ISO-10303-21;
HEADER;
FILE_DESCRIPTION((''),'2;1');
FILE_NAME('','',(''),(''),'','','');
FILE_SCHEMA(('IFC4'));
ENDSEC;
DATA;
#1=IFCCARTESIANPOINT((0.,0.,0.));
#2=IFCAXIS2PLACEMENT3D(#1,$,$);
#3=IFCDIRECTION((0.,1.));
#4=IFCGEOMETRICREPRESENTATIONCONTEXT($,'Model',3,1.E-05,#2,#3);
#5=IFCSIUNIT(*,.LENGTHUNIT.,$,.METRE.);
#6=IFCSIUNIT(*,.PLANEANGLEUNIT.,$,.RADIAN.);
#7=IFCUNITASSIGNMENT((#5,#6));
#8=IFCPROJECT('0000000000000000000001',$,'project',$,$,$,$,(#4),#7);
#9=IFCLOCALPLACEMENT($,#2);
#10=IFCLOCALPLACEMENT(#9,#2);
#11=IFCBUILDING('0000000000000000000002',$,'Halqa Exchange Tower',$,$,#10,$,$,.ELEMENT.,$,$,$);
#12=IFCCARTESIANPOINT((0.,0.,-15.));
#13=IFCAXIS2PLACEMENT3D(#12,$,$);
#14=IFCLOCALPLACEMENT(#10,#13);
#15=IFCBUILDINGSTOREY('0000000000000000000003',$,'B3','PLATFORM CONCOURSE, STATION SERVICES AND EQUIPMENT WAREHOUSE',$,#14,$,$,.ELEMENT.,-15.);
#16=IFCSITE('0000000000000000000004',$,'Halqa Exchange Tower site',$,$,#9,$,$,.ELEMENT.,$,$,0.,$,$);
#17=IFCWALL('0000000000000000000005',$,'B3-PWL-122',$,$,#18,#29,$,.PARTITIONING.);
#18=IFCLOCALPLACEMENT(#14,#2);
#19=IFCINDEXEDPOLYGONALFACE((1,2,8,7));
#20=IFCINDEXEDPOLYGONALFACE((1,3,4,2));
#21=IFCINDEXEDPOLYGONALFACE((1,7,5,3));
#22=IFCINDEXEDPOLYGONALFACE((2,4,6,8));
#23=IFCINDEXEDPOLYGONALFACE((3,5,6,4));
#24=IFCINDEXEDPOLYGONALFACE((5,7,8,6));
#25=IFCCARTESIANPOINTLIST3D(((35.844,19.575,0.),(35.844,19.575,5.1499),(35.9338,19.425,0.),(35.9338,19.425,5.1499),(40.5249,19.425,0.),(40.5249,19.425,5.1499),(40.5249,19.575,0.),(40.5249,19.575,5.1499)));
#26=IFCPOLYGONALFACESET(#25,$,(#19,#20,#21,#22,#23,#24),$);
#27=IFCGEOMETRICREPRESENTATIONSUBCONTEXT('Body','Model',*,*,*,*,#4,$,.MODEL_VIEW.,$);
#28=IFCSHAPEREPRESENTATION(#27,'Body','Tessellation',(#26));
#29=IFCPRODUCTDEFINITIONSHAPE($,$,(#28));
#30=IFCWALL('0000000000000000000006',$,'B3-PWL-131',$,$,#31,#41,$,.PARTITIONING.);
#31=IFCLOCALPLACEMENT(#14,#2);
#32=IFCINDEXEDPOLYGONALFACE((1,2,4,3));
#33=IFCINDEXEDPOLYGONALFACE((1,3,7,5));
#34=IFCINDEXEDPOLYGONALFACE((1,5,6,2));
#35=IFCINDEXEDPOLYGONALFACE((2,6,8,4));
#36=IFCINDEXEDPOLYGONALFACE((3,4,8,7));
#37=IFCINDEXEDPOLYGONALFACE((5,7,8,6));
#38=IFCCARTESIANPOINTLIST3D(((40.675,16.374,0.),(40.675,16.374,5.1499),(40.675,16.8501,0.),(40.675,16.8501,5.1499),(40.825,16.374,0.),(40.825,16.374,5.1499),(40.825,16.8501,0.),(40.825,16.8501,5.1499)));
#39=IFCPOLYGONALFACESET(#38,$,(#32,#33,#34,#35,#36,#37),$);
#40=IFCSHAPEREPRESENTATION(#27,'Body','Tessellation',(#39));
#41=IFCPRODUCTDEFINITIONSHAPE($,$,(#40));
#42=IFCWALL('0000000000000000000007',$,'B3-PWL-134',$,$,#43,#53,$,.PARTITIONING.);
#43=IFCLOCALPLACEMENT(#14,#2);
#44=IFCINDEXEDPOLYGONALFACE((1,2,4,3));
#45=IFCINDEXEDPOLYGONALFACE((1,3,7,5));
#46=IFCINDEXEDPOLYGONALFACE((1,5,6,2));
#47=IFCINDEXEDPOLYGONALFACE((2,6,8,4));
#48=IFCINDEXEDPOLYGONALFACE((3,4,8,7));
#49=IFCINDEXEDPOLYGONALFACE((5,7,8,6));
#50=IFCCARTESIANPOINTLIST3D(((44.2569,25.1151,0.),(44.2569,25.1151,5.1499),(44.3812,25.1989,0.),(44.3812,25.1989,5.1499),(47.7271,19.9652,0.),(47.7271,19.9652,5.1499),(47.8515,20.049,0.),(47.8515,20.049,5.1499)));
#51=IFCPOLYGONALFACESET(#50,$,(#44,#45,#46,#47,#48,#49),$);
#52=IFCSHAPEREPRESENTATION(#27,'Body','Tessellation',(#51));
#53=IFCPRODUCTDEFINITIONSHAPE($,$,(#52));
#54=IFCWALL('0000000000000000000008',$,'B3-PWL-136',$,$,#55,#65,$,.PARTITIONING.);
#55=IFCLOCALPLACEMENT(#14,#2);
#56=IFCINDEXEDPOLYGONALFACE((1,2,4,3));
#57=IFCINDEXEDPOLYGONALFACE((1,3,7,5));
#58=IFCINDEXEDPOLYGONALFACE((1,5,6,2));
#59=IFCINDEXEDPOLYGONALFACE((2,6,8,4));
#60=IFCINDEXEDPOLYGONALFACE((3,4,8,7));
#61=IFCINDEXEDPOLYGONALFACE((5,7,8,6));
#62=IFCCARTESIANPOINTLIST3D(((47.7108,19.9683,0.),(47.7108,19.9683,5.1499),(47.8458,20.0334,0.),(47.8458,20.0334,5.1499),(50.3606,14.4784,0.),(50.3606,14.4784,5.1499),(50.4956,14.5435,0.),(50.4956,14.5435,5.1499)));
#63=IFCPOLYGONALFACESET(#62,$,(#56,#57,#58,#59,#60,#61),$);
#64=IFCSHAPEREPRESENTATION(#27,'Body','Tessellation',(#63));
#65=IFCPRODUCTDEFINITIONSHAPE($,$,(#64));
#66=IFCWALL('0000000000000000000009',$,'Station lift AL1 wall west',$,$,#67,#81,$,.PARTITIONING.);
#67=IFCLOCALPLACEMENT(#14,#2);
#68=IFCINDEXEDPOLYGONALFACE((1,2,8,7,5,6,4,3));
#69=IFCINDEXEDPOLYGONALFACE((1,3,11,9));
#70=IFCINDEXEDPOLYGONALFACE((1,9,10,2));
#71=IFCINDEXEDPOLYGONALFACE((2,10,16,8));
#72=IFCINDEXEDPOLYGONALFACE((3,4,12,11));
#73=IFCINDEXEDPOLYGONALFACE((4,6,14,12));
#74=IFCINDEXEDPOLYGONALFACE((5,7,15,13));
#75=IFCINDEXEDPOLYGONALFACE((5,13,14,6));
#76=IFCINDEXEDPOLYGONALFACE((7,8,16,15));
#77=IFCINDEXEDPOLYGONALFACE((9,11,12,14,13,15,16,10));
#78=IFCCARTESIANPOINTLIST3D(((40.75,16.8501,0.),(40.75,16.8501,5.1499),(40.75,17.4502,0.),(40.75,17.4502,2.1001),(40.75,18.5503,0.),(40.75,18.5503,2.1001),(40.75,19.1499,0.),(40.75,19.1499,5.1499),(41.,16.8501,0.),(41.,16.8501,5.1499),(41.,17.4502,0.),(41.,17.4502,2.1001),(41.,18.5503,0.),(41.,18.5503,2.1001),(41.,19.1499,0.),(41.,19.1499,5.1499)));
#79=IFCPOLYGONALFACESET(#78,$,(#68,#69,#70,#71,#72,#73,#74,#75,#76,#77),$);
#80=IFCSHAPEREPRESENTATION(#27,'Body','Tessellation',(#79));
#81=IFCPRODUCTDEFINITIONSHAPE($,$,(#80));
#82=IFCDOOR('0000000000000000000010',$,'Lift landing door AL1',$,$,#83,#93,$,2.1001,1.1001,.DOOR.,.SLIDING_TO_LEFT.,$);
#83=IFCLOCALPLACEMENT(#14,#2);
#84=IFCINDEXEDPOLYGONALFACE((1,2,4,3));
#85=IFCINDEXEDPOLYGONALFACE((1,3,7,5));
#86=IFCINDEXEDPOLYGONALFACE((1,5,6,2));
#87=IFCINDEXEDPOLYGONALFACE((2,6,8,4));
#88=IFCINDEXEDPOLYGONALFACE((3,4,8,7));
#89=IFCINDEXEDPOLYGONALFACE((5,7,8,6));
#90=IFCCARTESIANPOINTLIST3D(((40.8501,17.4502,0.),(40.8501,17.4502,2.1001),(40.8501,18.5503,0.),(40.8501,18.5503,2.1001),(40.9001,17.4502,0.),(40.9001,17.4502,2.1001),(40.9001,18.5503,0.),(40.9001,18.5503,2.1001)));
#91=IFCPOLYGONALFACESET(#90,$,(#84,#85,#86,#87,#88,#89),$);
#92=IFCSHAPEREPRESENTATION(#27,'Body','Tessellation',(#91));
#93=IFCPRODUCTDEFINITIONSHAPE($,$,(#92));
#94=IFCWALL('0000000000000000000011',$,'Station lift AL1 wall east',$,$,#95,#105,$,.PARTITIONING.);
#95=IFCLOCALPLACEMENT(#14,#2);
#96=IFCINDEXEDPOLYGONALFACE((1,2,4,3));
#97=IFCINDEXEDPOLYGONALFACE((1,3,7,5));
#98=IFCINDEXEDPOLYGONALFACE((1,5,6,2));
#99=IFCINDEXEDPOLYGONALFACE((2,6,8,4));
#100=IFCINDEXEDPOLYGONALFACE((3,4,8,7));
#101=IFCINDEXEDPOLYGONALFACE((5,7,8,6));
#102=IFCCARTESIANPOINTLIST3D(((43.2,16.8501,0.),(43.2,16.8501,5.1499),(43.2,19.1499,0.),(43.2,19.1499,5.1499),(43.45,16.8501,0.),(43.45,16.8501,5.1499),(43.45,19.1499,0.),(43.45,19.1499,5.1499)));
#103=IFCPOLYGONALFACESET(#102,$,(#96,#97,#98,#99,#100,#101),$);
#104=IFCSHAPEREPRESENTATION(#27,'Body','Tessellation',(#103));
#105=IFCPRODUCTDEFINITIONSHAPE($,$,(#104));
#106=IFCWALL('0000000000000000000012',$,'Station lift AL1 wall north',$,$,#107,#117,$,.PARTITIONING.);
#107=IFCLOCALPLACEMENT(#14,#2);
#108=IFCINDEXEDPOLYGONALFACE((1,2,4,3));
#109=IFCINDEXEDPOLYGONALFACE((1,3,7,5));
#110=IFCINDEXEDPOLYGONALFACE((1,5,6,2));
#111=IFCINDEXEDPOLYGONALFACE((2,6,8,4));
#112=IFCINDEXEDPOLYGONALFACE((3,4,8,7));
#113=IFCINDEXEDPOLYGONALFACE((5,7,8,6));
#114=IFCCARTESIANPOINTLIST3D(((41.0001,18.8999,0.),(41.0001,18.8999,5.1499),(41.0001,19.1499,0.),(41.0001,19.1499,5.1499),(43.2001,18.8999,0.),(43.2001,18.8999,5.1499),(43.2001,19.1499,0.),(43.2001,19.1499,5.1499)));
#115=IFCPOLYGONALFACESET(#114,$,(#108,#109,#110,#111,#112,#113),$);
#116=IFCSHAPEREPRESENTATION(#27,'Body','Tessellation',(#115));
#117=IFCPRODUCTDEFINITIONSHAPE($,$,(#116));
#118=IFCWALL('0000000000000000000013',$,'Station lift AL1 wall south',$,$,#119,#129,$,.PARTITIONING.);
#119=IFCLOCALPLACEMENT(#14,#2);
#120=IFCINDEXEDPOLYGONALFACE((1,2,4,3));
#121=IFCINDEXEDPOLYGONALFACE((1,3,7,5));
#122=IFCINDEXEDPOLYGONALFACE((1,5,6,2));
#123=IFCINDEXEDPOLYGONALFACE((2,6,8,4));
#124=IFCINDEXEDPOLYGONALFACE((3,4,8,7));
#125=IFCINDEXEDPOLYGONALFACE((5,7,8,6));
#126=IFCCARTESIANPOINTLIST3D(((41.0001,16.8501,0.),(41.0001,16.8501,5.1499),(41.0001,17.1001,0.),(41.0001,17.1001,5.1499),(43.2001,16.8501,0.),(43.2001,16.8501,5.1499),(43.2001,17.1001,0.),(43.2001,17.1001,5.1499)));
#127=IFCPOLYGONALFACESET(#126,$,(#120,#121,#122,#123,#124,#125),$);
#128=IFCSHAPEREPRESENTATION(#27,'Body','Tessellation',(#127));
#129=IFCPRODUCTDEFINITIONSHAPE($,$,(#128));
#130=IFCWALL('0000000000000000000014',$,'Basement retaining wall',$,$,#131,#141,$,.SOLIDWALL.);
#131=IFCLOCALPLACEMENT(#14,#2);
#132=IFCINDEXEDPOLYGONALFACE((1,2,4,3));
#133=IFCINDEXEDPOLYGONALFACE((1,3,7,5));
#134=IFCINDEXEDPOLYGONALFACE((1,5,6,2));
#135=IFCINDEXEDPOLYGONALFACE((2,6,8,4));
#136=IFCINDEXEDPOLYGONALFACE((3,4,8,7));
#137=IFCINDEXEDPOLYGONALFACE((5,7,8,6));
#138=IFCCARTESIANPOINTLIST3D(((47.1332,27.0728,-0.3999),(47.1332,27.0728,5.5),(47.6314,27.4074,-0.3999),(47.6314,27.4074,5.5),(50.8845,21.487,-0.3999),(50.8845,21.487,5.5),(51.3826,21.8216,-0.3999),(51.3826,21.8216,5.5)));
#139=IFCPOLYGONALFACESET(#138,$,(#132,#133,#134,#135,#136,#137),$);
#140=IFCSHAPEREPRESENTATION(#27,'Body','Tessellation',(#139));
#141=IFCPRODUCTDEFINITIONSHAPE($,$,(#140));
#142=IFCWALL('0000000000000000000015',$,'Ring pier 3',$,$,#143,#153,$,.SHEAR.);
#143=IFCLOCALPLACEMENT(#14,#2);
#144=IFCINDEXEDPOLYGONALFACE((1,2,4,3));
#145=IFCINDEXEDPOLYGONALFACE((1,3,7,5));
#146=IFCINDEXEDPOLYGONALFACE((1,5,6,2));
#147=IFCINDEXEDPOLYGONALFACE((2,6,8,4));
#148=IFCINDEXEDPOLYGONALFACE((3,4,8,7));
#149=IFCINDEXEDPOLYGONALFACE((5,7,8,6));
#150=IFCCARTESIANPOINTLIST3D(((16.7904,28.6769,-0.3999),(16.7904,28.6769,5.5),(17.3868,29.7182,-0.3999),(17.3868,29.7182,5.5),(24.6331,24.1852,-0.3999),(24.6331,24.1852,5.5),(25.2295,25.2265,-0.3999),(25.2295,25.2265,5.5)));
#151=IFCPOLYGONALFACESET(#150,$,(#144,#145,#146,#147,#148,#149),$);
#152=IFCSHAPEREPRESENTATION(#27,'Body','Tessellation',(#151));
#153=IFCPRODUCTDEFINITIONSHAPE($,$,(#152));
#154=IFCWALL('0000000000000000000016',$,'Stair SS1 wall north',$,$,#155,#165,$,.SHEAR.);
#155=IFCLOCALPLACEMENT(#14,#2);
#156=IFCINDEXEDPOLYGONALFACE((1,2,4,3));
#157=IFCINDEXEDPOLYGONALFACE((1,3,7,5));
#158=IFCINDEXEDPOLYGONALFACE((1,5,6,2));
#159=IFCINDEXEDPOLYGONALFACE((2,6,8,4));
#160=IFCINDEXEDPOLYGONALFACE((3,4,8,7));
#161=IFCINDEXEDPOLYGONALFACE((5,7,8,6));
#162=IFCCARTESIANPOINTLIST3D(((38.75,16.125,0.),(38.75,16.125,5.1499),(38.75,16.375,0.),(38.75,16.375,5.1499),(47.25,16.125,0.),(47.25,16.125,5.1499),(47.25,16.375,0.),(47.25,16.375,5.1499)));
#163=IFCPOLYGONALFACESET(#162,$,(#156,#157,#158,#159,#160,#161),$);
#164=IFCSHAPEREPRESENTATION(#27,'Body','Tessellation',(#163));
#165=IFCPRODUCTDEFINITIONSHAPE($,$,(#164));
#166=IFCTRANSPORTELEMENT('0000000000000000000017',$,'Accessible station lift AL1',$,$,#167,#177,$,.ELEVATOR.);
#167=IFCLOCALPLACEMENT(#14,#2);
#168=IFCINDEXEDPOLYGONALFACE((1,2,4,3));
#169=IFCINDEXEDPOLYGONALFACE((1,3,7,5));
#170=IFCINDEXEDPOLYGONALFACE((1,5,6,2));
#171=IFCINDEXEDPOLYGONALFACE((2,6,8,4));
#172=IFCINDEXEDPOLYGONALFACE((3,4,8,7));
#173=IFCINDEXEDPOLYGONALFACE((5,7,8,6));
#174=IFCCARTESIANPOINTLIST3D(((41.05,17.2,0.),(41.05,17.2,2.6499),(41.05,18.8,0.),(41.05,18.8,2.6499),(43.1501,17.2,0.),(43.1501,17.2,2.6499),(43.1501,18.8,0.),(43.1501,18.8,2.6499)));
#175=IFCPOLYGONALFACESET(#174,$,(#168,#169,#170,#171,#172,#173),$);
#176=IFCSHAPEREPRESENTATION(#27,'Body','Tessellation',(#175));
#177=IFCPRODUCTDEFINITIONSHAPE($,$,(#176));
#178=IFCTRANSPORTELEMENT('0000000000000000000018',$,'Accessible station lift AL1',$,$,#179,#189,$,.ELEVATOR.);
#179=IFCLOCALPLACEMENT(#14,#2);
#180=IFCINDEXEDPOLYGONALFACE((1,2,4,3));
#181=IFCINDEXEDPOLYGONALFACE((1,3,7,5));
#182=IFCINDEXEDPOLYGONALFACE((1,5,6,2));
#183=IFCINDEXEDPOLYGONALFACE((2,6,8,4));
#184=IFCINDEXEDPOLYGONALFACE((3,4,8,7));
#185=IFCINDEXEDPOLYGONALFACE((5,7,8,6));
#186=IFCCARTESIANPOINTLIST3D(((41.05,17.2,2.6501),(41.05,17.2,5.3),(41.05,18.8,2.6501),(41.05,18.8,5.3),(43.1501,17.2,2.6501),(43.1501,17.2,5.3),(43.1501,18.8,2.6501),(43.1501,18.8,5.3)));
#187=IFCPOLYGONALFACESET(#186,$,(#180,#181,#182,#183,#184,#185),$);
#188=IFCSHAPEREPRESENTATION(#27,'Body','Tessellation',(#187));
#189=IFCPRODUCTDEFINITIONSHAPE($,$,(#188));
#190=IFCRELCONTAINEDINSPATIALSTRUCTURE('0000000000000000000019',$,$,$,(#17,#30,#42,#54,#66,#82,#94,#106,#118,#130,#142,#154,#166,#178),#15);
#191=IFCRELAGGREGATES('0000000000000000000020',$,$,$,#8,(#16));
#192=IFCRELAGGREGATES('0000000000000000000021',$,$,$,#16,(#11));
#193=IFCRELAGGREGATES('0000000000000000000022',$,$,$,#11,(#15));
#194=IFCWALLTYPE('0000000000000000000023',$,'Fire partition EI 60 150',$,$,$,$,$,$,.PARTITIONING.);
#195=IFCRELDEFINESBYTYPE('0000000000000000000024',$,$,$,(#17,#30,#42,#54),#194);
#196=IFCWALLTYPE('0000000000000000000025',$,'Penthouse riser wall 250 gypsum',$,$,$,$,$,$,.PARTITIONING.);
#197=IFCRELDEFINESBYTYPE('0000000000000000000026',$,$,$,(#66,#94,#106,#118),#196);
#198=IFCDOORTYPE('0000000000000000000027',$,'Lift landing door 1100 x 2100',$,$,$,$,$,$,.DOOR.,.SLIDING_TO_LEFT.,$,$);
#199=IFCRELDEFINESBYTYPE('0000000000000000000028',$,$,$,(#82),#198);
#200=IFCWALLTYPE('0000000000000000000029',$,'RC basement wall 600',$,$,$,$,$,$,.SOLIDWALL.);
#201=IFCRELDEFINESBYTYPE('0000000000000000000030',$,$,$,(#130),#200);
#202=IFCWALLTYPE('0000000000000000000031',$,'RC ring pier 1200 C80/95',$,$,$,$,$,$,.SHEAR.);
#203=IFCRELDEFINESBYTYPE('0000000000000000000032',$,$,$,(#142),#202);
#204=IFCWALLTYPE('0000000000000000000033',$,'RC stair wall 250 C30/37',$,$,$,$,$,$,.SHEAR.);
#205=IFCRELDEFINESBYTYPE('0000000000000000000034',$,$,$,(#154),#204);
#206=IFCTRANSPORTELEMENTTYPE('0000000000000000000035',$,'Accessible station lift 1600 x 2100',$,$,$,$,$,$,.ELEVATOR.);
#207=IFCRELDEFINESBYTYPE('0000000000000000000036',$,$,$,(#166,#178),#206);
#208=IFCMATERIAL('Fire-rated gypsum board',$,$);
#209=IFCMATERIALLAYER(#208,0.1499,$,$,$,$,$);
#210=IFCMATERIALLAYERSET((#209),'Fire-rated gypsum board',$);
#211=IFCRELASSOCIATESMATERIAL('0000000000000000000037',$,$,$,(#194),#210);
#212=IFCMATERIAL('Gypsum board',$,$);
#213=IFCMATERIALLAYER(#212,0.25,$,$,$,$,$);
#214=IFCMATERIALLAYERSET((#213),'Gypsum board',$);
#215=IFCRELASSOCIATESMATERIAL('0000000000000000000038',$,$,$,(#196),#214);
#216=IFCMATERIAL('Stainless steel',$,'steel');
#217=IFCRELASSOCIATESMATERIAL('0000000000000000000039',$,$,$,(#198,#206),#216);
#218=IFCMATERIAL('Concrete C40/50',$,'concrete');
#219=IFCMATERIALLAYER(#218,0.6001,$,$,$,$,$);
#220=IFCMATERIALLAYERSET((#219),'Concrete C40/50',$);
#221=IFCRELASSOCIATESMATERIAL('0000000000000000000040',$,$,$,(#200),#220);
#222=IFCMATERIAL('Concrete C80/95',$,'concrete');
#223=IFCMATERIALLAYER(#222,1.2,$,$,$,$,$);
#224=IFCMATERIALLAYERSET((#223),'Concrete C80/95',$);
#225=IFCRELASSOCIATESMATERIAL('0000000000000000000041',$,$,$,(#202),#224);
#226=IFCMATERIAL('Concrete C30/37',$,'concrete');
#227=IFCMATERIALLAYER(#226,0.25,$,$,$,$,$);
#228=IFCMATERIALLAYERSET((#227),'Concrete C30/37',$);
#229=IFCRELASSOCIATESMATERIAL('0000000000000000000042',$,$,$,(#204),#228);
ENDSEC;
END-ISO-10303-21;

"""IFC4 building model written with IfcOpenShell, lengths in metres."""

from ifc_helpers import new_model, si_unit, direction, frame, frame_2d, origin, origin_2d, place, context, subcontext, project, spatial, polyline, rectangle, outline, extrude, material, layer, layer_set, type_object, element, fill, save


model = new_model("IFC4")

# Units and contexts
model_context = context("Model", 3, precision=1e-05, world=origin(), true_north=direction((0.0, 1.0)))
body_context = subcontext(model_context, "Body", "Model", "MODEL_VIEW")
ifc_project = project(units=[si_unit("LENGTHUNIT", "METRE"), si_unit("PLANEANGLEUNIT", "RADIAN")], contexts=[model_context])

# Site, building, storey
site_placement = place(None, origin())
site = spatial("IfcSite", under=ifc_project, at=site_placement, Name="Halqa Exchange Tower site", CompositionType="ELEMENT", RefElevation=0.0)
building_placement = place(site_placement, origin())
building = spatial("IfcBuilding", under=site, at=building_placement, Name="Halqa Exchange Tower", CompositionType="ELEMENT")
storey_placement = place(building_placement, frame((0.0, 0.0, -15.0)))
storey = spatial("IfcBuildingStorey", under=building, at=storey_placement, Name="B3", Description="PLATFORM CONCOURSE, STATION SERVICES AND EQUIPMENT WAREHOUSE", CompositionType="ELEMENT", Elevation=-15.0)

# Shared definitions
ifc_material_1 = material(Name="Concrete C40/50", Category="concrete")

# Walls
ifc_material_2 = material(Name="Fire-rated gypsum board")
ifc_layer_1 = layer(ifc_material_2, 0.1499)
ifc_layer_set_1 = layer_set([ifc_layer_1], Name="Fire-rated gypsum board")
wall_type_1 = type_object("IfcWallType", Name="Fire partition EI 60 150", PredefinedType="PARTITIONING", material=ifc_layer_set_1)
wall_1_placement = place(storey_placement, frame((35.8889, 19.5, 0.0), z_axis=(0.0, 0.0, 1.0), x_axis=(1.0, 0.0, 0.0)))
element("IfcWall", 1, at=wall_1_placement, inside=storey, type_object=wall_type_1, Name="B3-PWL-122", PredefinedType="PARTITIONING", context=body_context, shape_type="SweptSolid", body=[
    extrude(outline(polyline([(0.0449, -0.075), (4.636, -0.075), (4.636, 0.075), (-0.0449, 0.075), (0.0449, -0.075)])), origin(), (0.0, 0.0, 1.0), 5.1499),
])
wall_2_placement = place(storey_placement, frame((40.75, 16.8501, 0.0), z_axis=(0.0, 0.0, 1.0), x_axis=(0.0, -1.0, 0.0)))
element("IfcWall", 2, at=wall_2_placement, inside=storey, type_object=wall_type_1, Name="B3-PWL-131", PredefinedType="PARTITIONING", context=body_context, shape_type="SweptSolid", body=[
    extrude(rectangle(XDim=0.4761, YDim=0.1499, at=frame_2d((0.238, 0.0))), origin(), (0.0, 0.0, 1.0), 5.1499),
])
wall_3_placement = place(storey_placement, frame((44.3191, 25.157, 0.0), z_axis=(0.0, 0.0, 1.0), x_axis=(0.558812, -0.829294, 0.0)))
element("IfcWall", 3, at=wall_3_placement, inside=storey, type_object=wall_type_1, Name="B3-PWL-134", PredefinedType="PARTITIONING", context=body_context, shape_type="SweptSolid", body=[
    extrude(rectangle(XDim=6.21, YDim=0.1499, at=frame_2d((3.105, 0.0))), origin(), (0.0, 0.0, 1.0), 5.1499),
])
wall_4_placement = place(storey_placement, frame((47.7783, 20.0007, 0.0), z_axis=(0.0, 0.0, 1.0), x_axis=(0.434691, -0.90058, 0.0)))
element("IfcWall", 4, at=wall_4_placement, inside=storey, type_object=wall_type_1, Name="B3-PWL-136", PredefinedType="PARTITIONING", context=body_context, shape_type="SweptSolid", body=[
    extrude(rectangle(XDim=6.0959, YDim=0.1499, at=frame_2d((3.0479, 0.0))), origin(), (0.0, 0.0, 1.0), 5.1499),
])

# Wall, opening, door
ifc_material_3 = material(Name="Gypsum board")
ifc_layer_2 = layer(ifc_material_3, 0.25)
ifc_layer_set_2 = layer_set([ifc_layer_2], Name="Gypsum board")
wall_type_2 = type_object("IfcWallType", Name="Penthouse riser wall 250 gypsum", PredefinedType="PARTITIONING", material=ifc_layer_set_2)
wall_5_placement = place(storey_placement, frame((40.875, 16.8501, 0.0), z_axis=(0.0, 0.0, 1.0), x_axis=(0.0, 1.0, 0.0)))
wall_5 = element("IfcWall", 5, at=wall_5_placement, inside=storey, type_object=wall_type_2, Name="Station lift AL1 wall west", PredefinedType="PARTITIONING", context=body_context, shape_type="SweptSolid", body=[
    extrude(rectangle(XDim=2.2998, YDim=0.25, at=frame_2d((1.1499, 0.0))), origin(), (0.0, 0.0, 1.0), 5.1499),
])
opening_placement = place(wall_5_placement, frame((0.6001, 0.0, 0.0)))
opening = element("IfcOpeningElement", 6, at=opening_placement, cuts=wall_5, PredefinedType="OPENING", context=body_context, shape_type="SweptSolid", body=[
    extrude(rectangle(XDim=1.1001, YDim=2.1001, at=frame_2d((0.55, 1.05))), frame((0.0, 0.137, 0.0), z_axis=(0.0, -1.0, 0.0), x_axis=(1.0, 0.0, 0.0)), (0.0, 0.0, 1.0), 0.2739),
])
ifc_material_4 = material(Name="Stainless steel", Category="steel")
door_type = type_object("IfcDoorType", Name="Lift landing door 1100 x 2100", OperationType="SLIDING_TO_LEFT", PredefinedType="DOOR", material=ifc_material_4)
door_placement = place(opening_placement, origin())
door = element("IfcDoor", 7, at=door_placement, inside=storey, type_object=door_type, Name="Lift landing door AL1", OperationType="SLIDING_TO_LEFT", OverallHeight=2.1001, OverallWidth=1.1001, PredefinedType="DOOR", context=body_context, shape_type="SweptSolid", body=[
    extrude(rectangle(XDim=1.1001, YDim=2.1001, at=frame_2d((0.55, 1.05))), frame((0.0, 0.0249, 0.0), z_axis=(0.0, -1.0, 0.0), x_axis=(1.0, 0.0, 0.0)), (0.0, 0.0, 1.0), 0.05),
])
fill(opening, door)

# Walls
wall_6_placement = place(storey_placement, frame((43.325, 16.8501, 0.0), z_axis=(0.0, 0.0, 1.0), x_axis=(0.0, 1.0, 0.0)))
element("IfcWall", 8, at=wall_6_placement, inside=storey, type_object=wall_type_2, Name="Station lift AL1 wall east", PredefinedType="PARTITIONING", context=body_context, shape_type="SweptSolid", body=[
    extrude(rectangle(XDim=2.2998, YDim=0.25, at=frame_2d((1.1499, 0.0))), origin(), (0.0, 0.0, 1.0), 5.1499),
])
for number, where, z_axis, x_axis, name in (
    (9, (41.0, 19.0249, 0.0), (0.0, 0.0, 1.0), (1.0, 0.0, 0.0), "Station lift AL1 wall north"),
    (10, (41.0, 16.9751, 0.0), (0.0, 0.0, 1.0), (1.0, 0.0, 0.0), "Station lift AL1 wall south"),
):
    element("IfcWall", number, at=place(storey_placement, frame(where, z_axis=z_axis, x_axis=x_axis)), inside=storey, type_object=wall_type_2, Name=name, PredefinedType="PARTITIONING", context=body_context, shape_type="SweptSolid", body=[
        extrude(rectangle(XDim=2.2, YDim=0.25, at=frame_2d((1.1001, 0.0))), origin(), (0.0, 0.0, 1.0), 5.1499),
    ])
ifc_layer_3 = layer(ifc_material_1, 0.6001)
ifc_layer_set_3 = layer_set([ifc_layer_3], Name="Concrete C40/50")
wall_type_3 = type_object("IfcWallType", Name="RC basement wall 600", PredefinedType="SOLIDWALL", material=ifc_layer_set_3)
wall_7_placement = place(storey_placement, frame((51.1335, 21.6543, -0.3999), z_axis=(0.0, 0.0, 1.0), x_axis=(-0.557519, 0.830164, 0.0)))
element("IfcWall", 11, at=wall_7_placement, inside=storey, type_object=wall_type_3, Name="Basement retaining wall", PredefinedType="SOLIDWALL", context=body_context, shape_type="SweptSolid", body=[
    extrude(rectangle(XDim=6.7285, YDim=0.6001, at=frame_2d((3.3643, 0.0))), origin(), (0.0, 0.0, 1.0), 5.8999),
])
ifc_material_5 = material(Name="Concrete C80/95", Category="concrete")
ifc_layer_4 = layer(ifc_material_5, 1.2)
ifc_layer_set_4 = layer_set([ifc_layer_4], Name="Concrete C80/95")
wall_type_4 = type_object("IfcWallType", Name="RC ring pier 1200 C80/95", PredefinedType="SHEAR", material=ifc_layer_set_4)
wall_8_placement = place(storey_placement, frame((24.9314, 24.7058, -0.3999), z_axis=(0.0, 0.0, 1.0), x_axis=(-0.867761, 0.496982, 0.0)))
element("IfcWall", 12, at=wall_8_placement, inside=storey, type_object=wall_type_4, Name="Ring pier 3", PredefinedType="SHEAR", context=body_context, shape_type="SweptSolid", body=[
    extrude(rectangle(XDim=9.0378, YDim=1.2, at=frame_2d((4.519, 0.0))), origin(), (0.0, 0.0, 1.0), 5.8999),
])
ifc_material_6 = material(Name="Concrete C30/37", Category="concrete")
ifc_layer_5 = layer(ifc_material_6, 0.25)
ifc_layer_set_5 = layer_set([ifc_layer_5], Name="Concrete C30/37")
wall_type_5 = type_object("IfcWallType", Name="RC stair wall 250 C30/37", PredefinedType="SHEAR", material=ifc_layer_set_5)
wall_9_placement = place(storey_placement, frame((38.75, 16.25, 0.0), z_axis=(0.0, 0.0, 1.0), x_axis=(1.0, 0.0, 0.0)))
element("IfcWall", 13, at=wall_9_placement, inside=storey, type_object=wall_type_5, Name="Stair SS1 wall north", PredefinedType="SHEAR", context=body_context, shape_type="SweptSolid", body=[
    extrude(rectangle(XDim=8.5, YDim=0.25, at=frame_2d((4.25, 0.0))), origin(), (0.0, 0.0, 1.0), 5.1499),
])

# Transport elements
transport_element_type = type_object("IfcTransportElementType", Name="Accessible station lift 1600 x 2100", PredefinedType="ELEVATOR", material=ifc_material_4)
for number, where, z_axis, x_axis, name in (
    (14, (42.1001, 18.0, 0.0), (0.0, 0.0, 1.0), (1.0, 0.0, 0.0), "Accessible station lift AL1"),
    (15, (42.1001, 18.0, 2.6501), (0.0, 0.0, 1.0), (1.0, 0.0, 0.0), "Accessible station lift AL1"),
):
    element("IfcTransportElement", number, at=place(storey_placement, frame(where, z_axis=z_axis, x_axis=x_axis)), inside=storey, type_object=transport_element_type, Name=name, PredefinedType="ELEVATOR", context=body_context, shape_type="SweptSolid", body=[
        extrude(rectangle(XDim=2.1001, YDim=1.6001, at=origin_2d()), origin(), (0.0, 0.0, 1.0), 2.6499),
    ])

save(model, "model.ifc")
